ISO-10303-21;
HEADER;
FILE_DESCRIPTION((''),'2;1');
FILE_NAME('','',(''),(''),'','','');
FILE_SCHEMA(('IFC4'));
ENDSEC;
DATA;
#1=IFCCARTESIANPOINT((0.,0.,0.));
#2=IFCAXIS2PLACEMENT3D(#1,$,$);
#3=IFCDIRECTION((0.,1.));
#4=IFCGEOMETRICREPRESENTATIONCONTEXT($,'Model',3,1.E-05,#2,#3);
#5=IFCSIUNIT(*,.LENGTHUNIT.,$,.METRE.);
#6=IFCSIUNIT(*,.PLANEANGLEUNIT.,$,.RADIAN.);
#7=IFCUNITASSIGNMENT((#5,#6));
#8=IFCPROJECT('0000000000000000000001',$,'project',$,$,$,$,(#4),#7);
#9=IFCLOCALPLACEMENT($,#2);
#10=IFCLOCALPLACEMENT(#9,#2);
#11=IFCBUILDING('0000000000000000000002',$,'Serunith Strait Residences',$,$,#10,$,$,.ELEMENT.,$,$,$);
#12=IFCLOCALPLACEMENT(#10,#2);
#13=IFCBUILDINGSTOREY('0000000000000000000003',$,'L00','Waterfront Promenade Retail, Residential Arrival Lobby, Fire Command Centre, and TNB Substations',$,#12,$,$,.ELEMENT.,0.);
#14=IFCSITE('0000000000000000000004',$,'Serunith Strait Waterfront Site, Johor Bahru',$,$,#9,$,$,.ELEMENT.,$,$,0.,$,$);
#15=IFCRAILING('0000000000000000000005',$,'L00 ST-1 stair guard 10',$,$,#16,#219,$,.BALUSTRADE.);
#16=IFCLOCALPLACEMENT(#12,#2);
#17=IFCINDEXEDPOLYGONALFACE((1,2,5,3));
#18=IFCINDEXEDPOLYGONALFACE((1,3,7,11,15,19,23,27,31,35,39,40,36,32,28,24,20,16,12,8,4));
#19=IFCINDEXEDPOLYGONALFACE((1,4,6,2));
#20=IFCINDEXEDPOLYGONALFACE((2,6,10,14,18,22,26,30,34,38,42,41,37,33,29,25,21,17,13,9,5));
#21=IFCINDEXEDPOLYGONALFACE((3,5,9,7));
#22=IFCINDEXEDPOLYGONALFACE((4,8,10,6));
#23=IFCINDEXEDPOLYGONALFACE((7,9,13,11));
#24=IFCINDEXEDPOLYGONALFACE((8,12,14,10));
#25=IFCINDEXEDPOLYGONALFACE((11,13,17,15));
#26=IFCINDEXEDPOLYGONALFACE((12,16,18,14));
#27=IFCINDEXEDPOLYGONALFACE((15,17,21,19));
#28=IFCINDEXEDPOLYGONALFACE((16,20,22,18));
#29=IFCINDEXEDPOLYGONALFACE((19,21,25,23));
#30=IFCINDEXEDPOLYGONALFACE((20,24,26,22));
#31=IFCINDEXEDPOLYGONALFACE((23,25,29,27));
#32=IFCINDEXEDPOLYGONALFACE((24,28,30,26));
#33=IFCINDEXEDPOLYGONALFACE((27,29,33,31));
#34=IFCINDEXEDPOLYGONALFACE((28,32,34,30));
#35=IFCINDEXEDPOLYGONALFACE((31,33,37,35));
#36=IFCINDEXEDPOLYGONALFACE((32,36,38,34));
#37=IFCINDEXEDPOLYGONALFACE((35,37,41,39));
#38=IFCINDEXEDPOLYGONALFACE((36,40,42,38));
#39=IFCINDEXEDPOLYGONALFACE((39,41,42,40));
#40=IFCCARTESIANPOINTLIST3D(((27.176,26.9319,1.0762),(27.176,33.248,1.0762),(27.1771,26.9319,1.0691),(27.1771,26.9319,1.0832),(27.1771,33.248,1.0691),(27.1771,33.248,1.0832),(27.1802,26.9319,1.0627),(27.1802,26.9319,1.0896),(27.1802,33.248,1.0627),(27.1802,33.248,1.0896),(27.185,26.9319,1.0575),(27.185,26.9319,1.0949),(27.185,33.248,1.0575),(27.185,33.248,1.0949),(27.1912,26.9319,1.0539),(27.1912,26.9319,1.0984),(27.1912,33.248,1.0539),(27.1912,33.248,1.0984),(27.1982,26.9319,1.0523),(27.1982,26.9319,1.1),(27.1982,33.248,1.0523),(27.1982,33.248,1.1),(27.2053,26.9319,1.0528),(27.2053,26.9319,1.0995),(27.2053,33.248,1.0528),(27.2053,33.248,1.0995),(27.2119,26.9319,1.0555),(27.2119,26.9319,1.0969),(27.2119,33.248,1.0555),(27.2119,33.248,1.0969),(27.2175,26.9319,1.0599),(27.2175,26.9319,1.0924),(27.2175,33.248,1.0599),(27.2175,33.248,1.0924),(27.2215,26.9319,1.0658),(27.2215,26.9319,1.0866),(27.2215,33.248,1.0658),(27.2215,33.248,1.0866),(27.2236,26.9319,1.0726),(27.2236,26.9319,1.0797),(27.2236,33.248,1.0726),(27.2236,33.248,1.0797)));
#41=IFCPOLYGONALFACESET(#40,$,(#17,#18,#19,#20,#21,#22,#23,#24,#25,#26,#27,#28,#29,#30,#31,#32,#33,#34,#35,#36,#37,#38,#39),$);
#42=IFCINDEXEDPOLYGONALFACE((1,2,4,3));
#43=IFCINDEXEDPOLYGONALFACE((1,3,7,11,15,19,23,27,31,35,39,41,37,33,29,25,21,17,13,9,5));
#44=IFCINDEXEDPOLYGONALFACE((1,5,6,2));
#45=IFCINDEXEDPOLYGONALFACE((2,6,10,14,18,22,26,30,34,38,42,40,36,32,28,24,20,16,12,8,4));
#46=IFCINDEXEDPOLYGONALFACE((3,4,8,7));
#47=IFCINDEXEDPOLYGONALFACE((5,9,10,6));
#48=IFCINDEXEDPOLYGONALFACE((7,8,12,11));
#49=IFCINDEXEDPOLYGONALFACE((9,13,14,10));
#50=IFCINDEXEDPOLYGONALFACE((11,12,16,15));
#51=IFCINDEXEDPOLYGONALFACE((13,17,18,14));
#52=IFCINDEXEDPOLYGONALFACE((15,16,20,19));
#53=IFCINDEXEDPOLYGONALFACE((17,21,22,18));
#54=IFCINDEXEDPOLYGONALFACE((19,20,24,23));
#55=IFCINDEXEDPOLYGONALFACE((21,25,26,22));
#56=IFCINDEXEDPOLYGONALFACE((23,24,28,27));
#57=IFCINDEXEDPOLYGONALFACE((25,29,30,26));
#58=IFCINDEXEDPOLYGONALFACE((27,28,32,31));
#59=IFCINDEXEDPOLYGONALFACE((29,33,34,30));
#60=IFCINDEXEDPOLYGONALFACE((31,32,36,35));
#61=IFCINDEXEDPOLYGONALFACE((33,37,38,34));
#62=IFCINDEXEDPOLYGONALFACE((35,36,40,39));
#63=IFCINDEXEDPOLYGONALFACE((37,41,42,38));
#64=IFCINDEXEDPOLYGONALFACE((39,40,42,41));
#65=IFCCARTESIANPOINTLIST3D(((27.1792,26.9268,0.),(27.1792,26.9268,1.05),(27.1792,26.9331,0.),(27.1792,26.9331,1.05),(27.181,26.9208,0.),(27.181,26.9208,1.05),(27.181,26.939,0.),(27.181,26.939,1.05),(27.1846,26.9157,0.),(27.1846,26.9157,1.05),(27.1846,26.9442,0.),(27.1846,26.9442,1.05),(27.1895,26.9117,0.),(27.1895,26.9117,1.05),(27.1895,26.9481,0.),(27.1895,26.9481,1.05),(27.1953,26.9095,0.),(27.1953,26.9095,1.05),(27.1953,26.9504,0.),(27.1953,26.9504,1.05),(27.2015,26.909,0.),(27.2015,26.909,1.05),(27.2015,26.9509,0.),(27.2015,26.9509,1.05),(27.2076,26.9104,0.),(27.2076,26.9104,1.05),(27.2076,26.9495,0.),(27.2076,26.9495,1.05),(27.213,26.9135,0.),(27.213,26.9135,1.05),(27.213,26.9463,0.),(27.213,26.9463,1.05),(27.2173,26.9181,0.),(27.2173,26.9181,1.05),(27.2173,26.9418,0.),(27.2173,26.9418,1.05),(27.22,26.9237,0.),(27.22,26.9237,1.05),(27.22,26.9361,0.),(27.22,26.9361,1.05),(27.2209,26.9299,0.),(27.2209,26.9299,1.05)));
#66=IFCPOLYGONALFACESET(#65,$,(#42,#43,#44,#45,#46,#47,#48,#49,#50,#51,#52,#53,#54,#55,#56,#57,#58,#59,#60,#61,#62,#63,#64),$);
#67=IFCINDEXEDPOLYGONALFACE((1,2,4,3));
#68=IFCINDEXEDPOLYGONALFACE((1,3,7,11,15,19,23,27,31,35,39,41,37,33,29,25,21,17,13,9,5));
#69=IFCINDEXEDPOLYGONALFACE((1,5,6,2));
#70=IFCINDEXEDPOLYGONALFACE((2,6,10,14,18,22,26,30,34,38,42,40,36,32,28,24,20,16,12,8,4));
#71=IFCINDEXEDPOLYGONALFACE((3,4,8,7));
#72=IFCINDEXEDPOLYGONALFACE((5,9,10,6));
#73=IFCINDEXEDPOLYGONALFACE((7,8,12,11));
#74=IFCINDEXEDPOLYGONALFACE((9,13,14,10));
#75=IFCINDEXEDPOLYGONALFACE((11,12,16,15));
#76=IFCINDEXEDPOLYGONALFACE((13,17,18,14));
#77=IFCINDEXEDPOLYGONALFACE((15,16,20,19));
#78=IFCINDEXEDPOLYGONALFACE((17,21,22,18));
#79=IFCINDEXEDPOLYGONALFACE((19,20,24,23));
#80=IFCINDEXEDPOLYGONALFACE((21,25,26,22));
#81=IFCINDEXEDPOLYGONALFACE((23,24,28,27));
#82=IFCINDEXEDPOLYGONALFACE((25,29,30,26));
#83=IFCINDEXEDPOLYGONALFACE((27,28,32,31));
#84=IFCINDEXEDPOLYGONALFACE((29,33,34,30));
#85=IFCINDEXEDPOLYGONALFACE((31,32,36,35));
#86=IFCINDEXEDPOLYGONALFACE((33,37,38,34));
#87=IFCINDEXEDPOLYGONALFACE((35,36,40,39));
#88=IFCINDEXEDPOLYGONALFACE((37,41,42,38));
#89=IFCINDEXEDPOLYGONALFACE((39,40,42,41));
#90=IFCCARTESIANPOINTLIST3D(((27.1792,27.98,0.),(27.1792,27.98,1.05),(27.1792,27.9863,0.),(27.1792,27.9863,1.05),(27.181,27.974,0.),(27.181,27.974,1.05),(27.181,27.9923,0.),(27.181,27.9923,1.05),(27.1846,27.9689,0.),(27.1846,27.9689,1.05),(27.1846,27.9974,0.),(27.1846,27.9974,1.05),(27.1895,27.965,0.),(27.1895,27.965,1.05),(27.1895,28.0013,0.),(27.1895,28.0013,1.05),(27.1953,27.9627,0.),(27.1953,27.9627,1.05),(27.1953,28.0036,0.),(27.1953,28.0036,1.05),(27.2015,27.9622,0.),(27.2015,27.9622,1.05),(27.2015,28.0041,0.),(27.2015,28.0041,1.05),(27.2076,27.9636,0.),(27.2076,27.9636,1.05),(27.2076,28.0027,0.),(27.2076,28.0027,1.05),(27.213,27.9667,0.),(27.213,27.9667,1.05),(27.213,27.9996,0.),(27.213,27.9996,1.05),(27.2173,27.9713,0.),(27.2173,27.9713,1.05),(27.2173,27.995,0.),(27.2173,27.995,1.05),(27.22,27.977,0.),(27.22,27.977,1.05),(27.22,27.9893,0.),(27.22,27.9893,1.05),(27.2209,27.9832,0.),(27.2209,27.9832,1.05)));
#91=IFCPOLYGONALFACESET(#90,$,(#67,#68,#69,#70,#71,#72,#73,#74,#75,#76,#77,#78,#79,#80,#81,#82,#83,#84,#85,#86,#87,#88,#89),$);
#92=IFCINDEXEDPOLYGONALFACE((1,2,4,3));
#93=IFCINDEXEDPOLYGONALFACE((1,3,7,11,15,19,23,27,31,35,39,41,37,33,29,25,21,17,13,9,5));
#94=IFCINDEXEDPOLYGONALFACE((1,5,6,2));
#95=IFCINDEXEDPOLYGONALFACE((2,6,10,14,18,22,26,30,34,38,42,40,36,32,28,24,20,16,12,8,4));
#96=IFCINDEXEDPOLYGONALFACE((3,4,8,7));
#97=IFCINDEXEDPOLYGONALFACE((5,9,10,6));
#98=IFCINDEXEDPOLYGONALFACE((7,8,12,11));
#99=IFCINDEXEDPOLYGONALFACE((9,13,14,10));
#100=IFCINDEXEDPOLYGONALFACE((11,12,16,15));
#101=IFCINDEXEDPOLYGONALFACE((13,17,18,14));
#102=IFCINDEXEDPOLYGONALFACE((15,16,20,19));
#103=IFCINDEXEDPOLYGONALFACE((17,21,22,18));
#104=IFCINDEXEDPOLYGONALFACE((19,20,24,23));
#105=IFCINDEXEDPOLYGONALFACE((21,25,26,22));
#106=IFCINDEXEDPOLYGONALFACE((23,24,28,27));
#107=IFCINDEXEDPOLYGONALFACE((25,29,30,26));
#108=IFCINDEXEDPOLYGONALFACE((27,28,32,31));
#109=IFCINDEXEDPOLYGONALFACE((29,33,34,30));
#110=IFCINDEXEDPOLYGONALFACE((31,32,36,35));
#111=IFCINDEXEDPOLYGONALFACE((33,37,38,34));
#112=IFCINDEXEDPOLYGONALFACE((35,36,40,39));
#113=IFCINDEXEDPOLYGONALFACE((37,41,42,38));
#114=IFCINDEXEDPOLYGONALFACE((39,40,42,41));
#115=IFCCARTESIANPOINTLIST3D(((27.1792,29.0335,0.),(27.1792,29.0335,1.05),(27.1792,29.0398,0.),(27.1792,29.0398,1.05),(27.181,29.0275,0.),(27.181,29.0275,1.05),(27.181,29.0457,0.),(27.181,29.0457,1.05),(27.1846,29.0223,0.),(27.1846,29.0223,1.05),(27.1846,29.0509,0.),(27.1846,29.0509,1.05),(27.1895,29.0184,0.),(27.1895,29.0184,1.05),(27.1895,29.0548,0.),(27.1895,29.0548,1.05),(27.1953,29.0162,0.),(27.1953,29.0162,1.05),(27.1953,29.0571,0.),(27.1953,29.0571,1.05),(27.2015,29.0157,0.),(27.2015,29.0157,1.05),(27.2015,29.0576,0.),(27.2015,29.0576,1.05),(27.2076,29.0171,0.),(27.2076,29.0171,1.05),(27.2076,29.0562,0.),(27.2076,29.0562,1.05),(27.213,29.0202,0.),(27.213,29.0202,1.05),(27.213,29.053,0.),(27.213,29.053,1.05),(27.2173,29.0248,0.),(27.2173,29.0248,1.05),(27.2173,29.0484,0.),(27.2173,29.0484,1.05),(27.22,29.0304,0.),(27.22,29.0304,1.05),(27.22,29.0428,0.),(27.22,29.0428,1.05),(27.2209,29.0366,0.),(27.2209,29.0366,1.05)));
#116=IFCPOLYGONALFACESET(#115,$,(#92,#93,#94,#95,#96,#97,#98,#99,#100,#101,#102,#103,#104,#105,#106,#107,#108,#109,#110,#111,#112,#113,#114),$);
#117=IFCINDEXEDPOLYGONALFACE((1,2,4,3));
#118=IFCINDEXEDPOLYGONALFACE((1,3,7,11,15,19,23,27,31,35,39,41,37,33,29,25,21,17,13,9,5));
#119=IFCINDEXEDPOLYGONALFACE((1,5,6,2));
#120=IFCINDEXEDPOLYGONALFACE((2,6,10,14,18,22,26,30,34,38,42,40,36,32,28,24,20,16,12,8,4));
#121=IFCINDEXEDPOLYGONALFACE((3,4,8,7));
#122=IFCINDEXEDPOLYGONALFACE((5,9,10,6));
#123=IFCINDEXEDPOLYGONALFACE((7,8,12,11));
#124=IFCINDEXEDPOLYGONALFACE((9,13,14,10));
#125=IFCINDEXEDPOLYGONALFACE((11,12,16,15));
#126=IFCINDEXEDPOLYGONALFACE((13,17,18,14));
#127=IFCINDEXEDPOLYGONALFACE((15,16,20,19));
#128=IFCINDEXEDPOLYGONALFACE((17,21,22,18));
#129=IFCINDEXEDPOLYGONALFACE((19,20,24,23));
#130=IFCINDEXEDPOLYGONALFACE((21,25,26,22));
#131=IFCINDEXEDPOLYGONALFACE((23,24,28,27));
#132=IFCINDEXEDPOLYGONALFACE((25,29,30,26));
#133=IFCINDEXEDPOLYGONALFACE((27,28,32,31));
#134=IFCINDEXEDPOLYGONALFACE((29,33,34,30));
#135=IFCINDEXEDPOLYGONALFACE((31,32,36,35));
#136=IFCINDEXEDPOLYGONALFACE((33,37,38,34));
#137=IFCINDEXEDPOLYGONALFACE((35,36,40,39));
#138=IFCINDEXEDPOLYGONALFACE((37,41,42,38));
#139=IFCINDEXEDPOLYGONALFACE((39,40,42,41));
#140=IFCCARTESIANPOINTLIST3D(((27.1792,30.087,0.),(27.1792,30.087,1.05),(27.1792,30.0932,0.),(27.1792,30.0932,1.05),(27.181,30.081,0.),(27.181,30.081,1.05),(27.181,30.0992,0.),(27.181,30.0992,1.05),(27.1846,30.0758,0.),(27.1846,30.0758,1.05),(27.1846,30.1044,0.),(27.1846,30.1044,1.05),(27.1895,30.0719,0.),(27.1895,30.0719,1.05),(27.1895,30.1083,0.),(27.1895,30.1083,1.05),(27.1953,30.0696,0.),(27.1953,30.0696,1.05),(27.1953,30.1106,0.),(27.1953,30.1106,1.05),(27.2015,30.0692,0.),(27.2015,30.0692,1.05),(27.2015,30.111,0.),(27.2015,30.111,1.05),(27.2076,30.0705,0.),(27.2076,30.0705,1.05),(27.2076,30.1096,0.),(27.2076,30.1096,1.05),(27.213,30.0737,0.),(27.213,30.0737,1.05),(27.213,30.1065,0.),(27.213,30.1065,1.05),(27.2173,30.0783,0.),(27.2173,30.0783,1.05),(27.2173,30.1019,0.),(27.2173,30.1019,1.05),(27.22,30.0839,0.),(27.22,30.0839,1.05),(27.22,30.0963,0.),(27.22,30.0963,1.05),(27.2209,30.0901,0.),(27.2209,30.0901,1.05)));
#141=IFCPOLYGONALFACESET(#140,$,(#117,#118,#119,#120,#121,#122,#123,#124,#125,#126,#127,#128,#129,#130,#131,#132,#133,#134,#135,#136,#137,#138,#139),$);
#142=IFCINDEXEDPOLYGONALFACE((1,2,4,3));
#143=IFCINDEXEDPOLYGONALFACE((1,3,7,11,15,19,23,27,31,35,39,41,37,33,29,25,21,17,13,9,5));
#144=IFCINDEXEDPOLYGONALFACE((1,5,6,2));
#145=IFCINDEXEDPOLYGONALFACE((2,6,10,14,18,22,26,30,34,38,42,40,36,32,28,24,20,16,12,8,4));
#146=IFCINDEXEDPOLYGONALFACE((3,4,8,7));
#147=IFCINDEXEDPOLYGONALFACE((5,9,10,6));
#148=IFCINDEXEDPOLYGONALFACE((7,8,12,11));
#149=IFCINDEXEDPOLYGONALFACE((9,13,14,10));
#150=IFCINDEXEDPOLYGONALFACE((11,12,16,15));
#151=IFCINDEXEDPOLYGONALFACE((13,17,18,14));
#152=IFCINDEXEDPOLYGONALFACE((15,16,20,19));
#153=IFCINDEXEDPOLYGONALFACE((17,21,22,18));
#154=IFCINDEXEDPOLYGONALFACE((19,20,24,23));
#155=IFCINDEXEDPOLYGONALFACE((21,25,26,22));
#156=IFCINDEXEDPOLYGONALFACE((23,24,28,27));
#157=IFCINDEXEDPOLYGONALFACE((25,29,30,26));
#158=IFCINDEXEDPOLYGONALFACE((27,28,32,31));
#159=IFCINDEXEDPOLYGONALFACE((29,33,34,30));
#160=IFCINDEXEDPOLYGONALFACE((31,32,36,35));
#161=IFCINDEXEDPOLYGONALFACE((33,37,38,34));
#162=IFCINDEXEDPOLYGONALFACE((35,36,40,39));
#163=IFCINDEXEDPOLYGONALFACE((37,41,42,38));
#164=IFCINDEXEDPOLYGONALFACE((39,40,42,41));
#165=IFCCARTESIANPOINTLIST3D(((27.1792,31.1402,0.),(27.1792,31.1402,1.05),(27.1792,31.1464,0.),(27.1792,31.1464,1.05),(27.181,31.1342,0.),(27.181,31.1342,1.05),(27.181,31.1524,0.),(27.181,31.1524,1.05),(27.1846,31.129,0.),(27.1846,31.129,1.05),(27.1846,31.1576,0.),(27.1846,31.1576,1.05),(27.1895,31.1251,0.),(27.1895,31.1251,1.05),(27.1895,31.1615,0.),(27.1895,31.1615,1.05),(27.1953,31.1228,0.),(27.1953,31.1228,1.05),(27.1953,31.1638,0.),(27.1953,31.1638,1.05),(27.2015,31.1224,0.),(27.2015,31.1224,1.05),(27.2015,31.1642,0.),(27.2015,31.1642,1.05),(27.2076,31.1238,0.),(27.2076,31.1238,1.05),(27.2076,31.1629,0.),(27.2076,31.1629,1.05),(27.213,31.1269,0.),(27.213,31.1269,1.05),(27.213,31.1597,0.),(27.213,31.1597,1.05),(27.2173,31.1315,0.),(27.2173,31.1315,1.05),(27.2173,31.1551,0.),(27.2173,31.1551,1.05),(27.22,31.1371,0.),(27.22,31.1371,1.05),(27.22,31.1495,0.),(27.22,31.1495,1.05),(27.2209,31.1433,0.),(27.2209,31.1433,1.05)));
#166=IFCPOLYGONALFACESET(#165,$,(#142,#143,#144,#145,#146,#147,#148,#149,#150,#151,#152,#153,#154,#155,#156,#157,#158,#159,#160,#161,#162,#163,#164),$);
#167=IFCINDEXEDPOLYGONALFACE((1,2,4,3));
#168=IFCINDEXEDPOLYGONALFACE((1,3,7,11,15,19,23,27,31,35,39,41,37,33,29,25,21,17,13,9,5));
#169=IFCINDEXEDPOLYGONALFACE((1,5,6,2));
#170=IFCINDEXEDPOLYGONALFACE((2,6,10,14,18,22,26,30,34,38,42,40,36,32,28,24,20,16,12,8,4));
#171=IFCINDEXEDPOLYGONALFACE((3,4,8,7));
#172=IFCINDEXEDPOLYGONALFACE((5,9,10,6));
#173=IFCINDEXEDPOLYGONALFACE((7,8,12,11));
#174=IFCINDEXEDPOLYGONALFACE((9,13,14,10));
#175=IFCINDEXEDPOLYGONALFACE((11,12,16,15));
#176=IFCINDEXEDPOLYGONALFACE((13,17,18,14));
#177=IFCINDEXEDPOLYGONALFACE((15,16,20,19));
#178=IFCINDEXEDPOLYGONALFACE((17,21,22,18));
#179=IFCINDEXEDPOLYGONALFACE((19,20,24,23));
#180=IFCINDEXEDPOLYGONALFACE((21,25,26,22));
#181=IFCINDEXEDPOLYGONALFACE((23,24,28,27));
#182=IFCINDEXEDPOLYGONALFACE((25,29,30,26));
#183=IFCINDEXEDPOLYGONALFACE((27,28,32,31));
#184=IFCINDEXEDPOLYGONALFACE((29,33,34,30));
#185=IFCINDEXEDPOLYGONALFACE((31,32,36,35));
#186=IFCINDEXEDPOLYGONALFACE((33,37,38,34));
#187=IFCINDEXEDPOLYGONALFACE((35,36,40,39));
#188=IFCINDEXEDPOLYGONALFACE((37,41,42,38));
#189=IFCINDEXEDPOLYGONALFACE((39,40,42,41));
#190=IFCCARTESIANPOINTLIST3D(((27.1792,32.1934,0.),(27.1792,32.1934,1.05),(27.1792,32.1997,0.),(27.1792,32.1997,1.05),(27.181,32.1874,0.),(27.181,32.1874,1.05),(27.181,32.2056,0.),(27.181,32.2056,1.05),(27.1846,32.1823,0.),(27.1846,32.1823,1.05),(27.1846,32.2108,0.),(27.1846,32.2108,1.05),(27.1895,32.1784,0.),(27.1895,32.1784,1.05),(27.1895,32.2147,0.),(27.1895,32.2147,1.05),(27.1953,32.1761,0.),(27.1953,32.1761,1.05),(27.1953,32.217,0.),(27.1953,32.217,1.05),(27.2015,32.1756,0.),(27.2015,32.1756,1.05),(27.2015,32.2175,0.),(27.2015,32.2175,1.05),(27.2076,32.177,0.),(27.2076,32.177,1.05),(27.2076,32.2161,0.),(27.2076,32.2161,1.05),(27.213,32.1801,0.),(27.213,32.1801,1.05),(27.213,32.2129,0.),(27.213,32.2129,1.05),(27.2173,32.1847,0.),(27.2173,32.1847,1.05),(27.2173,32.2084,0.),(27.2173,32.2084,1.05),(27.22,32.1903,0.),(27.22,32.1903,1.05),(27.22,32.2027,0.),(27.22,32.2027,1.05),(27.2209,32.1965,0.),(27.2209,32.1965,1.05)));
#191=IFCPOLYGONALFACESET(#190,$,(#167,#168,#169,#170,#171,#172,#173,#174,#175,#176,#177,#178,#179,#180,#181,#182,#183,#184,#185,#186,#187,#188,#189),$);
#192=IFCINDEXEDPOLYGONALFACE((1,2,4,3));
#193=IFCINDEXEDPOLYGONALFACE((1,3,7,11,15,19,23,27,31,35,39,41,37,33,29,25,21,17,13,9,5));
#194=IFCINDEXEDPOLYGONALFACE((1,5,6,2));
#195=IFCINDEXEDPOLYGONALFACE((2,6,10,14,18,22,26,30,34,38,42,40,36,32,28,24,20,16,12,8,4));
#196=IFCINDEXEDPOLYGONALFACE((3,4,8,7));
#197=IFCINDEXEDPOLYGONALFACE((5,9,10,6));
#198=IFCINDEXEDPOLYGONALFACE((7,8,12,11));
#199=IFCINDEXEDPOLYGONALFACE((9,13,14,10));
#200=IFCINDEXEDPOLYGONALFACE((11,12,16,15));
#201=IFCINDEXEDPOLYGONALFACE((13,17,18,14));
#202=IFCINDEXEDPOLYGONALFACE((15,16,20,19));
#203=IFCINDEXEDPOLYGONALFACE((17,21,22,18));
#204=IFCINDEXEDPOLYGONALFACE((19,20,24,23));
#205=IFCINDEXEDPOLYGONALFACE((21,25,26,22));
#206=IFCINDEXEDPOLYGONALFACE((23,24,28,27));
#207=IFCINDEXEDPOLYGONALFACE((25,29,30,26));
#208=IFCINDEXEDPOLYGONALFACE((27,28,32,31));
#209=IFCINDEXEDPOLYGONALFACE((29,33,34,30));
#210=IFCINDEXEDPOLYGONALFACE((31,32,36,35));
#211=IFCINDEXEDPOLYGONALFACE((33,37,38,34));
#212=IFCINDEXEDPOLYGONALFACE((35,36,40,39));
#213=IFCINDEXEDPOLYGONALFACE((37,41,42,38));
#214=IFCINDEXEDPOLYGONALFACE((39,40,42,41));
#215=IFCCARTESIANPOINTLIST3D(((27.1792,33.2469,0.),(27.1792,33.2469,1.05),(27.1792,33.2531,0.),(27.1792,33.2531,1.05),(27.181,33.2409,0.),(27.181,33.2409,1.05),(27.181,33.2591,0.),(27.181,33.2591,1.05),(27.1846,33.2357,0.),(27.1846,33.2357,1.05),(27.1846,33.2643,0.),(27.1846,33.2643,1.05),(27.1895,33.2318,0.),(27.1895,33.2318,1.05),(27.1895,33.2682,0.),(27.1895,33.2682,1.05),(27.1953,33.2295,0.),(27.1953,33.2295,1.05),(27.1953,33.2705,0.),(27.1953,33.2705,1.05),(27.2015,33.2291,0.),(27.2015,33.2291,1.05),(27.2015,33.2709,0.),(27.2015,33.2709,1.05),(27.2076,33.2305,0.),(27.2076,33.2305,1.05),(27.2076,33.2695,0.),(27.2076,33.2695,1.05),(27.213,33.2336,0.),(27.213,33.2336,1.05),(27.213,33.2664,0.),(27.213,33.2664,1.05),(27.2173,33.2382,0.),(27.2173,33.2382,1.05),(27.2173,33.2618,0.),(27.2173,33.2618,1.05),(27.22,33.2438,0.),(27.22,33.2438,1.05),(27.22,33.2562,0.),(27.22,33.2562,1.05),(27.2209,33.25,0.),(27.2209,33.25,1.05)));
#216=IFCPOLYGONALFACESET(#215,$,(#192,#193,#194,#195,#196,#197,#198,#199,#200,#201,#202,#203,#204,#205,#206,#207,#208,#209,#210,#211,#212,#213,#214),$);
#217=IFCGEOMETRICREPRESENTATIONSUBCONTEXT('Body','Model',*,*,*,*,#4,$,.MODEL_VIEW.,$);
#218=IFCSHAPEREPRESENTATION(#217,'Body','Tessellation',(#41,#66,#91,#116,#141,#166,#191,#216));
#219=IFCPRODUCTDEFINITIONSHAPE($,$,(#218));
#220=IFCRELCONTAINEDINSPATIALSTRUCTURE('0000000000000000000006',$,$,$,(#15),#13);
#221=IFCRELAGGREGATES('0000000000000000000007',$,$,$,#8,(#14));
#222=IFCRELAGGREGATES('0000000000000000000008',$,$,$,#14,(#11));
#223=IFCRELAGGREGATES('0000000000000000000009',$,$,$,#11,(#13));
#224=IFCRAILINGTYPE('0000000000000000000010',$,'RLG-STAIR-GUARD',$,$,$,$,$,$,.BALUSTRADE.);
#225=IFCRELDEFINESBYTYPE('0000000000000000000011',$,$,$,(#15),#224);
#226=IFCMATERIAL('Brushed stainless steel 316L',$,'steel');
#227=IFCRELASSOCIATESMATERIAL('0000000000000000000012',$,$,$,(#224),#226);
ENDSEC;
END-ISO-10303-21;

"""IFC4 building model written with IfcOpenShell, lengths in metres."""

from ifc_helpers import new_model, si_unit, direction, frame, origin, origin_2d, place, context, subcontext, project, spatial, circle, extrude, material, type_object, element, save


model = new_model("IFC4")

# Units and contexts
model_context = context("Model", 3, precision=1e-05, world=origin(), true_north=direction((0.0, 1.0)))
body_context = subcontext(model_context, "Body", "Model", "MODEL_VIEW")
ifc_project = project(units=[si_unit("LENGTHUNIT", "METRE"), si_unit("PLANEANGLEUNIT", "RADIAN")], contexts=[model_context])

# Site, building, storey
site_placement = place(None, origin())
site = spatial("IfcSite", under=ifc_project, at=site_placement, Name="Serunith Strait Waterfront Site, Johor Bahru", CompositionType="ELEMENT", RefElevation=0.0)
building_placement = place(site_placement, origin())
building = spatial("IfcBuilding", under=site, at=building_placement, Name="Serunith Strait Residences", CompositionType="ELEMENT")
storey_placement = place(building_placement, origin())
storey = spatial("IfcBuildingStorey", under=building, at=storey_placement, Name="L00", Description="Waterfront Promenade Retail, Residential Arrival Lobby, Fire Command Centre, and TNB Substations", CompositionType="ELEMENT", Elevation=0.0)

# Railing
ifc_material_1 = material(Name="Brushed stainless steel 316L", Category="steel")
railing_type_1 = type_object("IfcRailingType", Name="RLG-STAIR-GUARD", PredefinedType="BALUSTRADE", material=ifc_material_1)
railing_1_placement = place(storey_placement, frame((27.2, 26.9299, 0.0)))
element("IfcRailing", 1, at=railing_1_placement, inside=storey, type_object=railing_type_1, Name="L00 ST-1 stair guard 10", PredefinedType="BALUSTRADE", context=body_context, shape_type="SweptSolid", body=[
    extrude(circle(Radius=0.0239, at=origin_2d()), frame((0.0, 0.002, 1.0762), z_axis=(0.0, 1.0, 0.0), x_axis=(-1.0, 0.0, 0.0)), (0.0, 0.0, 1.0), 6.3162),
    extrude(circle(Radius=0.021, at=origin_2d()), origin(), (0.0, 0.0, 1.0), 1.05),
    extrude(circle(Radius=0.021, at=origin_2d()), frame((0.0, 1.0532, 0.0)), (0.0, 0.0, 1.0), 1.05),
    extrude(circle(Radius=0.021, at=origin_2d()), frame((0.0, 2.1067, 0.0)), (0.0, 0.0, 1.0), 1.05),
    extrude(circle(Radius=0.021, at=origin_2d()), frame((0.0, 3.1602, 0.0)), (0.0, 0.0, 1.0), 1.05),
    extrude(circle(Radius=0.021, at=origin_2d()), frame((0.0, 4.2134, 0.0)), (0.0, 0.0, 1.0), 1.05),
    extrude(circle(Radius=0.021, at=origin_2d()), frame((0.0, 5.2666, 0.0)), (0.0, 0.0, 1.0), 1.05),
    extrude(circle(Radius=0.021, at=origin_2d()), frame((0.0, 6.3201, 0.0)), (0.0, 0.0, 1.0), 1.05),
])

save(model, "model.ifc")
